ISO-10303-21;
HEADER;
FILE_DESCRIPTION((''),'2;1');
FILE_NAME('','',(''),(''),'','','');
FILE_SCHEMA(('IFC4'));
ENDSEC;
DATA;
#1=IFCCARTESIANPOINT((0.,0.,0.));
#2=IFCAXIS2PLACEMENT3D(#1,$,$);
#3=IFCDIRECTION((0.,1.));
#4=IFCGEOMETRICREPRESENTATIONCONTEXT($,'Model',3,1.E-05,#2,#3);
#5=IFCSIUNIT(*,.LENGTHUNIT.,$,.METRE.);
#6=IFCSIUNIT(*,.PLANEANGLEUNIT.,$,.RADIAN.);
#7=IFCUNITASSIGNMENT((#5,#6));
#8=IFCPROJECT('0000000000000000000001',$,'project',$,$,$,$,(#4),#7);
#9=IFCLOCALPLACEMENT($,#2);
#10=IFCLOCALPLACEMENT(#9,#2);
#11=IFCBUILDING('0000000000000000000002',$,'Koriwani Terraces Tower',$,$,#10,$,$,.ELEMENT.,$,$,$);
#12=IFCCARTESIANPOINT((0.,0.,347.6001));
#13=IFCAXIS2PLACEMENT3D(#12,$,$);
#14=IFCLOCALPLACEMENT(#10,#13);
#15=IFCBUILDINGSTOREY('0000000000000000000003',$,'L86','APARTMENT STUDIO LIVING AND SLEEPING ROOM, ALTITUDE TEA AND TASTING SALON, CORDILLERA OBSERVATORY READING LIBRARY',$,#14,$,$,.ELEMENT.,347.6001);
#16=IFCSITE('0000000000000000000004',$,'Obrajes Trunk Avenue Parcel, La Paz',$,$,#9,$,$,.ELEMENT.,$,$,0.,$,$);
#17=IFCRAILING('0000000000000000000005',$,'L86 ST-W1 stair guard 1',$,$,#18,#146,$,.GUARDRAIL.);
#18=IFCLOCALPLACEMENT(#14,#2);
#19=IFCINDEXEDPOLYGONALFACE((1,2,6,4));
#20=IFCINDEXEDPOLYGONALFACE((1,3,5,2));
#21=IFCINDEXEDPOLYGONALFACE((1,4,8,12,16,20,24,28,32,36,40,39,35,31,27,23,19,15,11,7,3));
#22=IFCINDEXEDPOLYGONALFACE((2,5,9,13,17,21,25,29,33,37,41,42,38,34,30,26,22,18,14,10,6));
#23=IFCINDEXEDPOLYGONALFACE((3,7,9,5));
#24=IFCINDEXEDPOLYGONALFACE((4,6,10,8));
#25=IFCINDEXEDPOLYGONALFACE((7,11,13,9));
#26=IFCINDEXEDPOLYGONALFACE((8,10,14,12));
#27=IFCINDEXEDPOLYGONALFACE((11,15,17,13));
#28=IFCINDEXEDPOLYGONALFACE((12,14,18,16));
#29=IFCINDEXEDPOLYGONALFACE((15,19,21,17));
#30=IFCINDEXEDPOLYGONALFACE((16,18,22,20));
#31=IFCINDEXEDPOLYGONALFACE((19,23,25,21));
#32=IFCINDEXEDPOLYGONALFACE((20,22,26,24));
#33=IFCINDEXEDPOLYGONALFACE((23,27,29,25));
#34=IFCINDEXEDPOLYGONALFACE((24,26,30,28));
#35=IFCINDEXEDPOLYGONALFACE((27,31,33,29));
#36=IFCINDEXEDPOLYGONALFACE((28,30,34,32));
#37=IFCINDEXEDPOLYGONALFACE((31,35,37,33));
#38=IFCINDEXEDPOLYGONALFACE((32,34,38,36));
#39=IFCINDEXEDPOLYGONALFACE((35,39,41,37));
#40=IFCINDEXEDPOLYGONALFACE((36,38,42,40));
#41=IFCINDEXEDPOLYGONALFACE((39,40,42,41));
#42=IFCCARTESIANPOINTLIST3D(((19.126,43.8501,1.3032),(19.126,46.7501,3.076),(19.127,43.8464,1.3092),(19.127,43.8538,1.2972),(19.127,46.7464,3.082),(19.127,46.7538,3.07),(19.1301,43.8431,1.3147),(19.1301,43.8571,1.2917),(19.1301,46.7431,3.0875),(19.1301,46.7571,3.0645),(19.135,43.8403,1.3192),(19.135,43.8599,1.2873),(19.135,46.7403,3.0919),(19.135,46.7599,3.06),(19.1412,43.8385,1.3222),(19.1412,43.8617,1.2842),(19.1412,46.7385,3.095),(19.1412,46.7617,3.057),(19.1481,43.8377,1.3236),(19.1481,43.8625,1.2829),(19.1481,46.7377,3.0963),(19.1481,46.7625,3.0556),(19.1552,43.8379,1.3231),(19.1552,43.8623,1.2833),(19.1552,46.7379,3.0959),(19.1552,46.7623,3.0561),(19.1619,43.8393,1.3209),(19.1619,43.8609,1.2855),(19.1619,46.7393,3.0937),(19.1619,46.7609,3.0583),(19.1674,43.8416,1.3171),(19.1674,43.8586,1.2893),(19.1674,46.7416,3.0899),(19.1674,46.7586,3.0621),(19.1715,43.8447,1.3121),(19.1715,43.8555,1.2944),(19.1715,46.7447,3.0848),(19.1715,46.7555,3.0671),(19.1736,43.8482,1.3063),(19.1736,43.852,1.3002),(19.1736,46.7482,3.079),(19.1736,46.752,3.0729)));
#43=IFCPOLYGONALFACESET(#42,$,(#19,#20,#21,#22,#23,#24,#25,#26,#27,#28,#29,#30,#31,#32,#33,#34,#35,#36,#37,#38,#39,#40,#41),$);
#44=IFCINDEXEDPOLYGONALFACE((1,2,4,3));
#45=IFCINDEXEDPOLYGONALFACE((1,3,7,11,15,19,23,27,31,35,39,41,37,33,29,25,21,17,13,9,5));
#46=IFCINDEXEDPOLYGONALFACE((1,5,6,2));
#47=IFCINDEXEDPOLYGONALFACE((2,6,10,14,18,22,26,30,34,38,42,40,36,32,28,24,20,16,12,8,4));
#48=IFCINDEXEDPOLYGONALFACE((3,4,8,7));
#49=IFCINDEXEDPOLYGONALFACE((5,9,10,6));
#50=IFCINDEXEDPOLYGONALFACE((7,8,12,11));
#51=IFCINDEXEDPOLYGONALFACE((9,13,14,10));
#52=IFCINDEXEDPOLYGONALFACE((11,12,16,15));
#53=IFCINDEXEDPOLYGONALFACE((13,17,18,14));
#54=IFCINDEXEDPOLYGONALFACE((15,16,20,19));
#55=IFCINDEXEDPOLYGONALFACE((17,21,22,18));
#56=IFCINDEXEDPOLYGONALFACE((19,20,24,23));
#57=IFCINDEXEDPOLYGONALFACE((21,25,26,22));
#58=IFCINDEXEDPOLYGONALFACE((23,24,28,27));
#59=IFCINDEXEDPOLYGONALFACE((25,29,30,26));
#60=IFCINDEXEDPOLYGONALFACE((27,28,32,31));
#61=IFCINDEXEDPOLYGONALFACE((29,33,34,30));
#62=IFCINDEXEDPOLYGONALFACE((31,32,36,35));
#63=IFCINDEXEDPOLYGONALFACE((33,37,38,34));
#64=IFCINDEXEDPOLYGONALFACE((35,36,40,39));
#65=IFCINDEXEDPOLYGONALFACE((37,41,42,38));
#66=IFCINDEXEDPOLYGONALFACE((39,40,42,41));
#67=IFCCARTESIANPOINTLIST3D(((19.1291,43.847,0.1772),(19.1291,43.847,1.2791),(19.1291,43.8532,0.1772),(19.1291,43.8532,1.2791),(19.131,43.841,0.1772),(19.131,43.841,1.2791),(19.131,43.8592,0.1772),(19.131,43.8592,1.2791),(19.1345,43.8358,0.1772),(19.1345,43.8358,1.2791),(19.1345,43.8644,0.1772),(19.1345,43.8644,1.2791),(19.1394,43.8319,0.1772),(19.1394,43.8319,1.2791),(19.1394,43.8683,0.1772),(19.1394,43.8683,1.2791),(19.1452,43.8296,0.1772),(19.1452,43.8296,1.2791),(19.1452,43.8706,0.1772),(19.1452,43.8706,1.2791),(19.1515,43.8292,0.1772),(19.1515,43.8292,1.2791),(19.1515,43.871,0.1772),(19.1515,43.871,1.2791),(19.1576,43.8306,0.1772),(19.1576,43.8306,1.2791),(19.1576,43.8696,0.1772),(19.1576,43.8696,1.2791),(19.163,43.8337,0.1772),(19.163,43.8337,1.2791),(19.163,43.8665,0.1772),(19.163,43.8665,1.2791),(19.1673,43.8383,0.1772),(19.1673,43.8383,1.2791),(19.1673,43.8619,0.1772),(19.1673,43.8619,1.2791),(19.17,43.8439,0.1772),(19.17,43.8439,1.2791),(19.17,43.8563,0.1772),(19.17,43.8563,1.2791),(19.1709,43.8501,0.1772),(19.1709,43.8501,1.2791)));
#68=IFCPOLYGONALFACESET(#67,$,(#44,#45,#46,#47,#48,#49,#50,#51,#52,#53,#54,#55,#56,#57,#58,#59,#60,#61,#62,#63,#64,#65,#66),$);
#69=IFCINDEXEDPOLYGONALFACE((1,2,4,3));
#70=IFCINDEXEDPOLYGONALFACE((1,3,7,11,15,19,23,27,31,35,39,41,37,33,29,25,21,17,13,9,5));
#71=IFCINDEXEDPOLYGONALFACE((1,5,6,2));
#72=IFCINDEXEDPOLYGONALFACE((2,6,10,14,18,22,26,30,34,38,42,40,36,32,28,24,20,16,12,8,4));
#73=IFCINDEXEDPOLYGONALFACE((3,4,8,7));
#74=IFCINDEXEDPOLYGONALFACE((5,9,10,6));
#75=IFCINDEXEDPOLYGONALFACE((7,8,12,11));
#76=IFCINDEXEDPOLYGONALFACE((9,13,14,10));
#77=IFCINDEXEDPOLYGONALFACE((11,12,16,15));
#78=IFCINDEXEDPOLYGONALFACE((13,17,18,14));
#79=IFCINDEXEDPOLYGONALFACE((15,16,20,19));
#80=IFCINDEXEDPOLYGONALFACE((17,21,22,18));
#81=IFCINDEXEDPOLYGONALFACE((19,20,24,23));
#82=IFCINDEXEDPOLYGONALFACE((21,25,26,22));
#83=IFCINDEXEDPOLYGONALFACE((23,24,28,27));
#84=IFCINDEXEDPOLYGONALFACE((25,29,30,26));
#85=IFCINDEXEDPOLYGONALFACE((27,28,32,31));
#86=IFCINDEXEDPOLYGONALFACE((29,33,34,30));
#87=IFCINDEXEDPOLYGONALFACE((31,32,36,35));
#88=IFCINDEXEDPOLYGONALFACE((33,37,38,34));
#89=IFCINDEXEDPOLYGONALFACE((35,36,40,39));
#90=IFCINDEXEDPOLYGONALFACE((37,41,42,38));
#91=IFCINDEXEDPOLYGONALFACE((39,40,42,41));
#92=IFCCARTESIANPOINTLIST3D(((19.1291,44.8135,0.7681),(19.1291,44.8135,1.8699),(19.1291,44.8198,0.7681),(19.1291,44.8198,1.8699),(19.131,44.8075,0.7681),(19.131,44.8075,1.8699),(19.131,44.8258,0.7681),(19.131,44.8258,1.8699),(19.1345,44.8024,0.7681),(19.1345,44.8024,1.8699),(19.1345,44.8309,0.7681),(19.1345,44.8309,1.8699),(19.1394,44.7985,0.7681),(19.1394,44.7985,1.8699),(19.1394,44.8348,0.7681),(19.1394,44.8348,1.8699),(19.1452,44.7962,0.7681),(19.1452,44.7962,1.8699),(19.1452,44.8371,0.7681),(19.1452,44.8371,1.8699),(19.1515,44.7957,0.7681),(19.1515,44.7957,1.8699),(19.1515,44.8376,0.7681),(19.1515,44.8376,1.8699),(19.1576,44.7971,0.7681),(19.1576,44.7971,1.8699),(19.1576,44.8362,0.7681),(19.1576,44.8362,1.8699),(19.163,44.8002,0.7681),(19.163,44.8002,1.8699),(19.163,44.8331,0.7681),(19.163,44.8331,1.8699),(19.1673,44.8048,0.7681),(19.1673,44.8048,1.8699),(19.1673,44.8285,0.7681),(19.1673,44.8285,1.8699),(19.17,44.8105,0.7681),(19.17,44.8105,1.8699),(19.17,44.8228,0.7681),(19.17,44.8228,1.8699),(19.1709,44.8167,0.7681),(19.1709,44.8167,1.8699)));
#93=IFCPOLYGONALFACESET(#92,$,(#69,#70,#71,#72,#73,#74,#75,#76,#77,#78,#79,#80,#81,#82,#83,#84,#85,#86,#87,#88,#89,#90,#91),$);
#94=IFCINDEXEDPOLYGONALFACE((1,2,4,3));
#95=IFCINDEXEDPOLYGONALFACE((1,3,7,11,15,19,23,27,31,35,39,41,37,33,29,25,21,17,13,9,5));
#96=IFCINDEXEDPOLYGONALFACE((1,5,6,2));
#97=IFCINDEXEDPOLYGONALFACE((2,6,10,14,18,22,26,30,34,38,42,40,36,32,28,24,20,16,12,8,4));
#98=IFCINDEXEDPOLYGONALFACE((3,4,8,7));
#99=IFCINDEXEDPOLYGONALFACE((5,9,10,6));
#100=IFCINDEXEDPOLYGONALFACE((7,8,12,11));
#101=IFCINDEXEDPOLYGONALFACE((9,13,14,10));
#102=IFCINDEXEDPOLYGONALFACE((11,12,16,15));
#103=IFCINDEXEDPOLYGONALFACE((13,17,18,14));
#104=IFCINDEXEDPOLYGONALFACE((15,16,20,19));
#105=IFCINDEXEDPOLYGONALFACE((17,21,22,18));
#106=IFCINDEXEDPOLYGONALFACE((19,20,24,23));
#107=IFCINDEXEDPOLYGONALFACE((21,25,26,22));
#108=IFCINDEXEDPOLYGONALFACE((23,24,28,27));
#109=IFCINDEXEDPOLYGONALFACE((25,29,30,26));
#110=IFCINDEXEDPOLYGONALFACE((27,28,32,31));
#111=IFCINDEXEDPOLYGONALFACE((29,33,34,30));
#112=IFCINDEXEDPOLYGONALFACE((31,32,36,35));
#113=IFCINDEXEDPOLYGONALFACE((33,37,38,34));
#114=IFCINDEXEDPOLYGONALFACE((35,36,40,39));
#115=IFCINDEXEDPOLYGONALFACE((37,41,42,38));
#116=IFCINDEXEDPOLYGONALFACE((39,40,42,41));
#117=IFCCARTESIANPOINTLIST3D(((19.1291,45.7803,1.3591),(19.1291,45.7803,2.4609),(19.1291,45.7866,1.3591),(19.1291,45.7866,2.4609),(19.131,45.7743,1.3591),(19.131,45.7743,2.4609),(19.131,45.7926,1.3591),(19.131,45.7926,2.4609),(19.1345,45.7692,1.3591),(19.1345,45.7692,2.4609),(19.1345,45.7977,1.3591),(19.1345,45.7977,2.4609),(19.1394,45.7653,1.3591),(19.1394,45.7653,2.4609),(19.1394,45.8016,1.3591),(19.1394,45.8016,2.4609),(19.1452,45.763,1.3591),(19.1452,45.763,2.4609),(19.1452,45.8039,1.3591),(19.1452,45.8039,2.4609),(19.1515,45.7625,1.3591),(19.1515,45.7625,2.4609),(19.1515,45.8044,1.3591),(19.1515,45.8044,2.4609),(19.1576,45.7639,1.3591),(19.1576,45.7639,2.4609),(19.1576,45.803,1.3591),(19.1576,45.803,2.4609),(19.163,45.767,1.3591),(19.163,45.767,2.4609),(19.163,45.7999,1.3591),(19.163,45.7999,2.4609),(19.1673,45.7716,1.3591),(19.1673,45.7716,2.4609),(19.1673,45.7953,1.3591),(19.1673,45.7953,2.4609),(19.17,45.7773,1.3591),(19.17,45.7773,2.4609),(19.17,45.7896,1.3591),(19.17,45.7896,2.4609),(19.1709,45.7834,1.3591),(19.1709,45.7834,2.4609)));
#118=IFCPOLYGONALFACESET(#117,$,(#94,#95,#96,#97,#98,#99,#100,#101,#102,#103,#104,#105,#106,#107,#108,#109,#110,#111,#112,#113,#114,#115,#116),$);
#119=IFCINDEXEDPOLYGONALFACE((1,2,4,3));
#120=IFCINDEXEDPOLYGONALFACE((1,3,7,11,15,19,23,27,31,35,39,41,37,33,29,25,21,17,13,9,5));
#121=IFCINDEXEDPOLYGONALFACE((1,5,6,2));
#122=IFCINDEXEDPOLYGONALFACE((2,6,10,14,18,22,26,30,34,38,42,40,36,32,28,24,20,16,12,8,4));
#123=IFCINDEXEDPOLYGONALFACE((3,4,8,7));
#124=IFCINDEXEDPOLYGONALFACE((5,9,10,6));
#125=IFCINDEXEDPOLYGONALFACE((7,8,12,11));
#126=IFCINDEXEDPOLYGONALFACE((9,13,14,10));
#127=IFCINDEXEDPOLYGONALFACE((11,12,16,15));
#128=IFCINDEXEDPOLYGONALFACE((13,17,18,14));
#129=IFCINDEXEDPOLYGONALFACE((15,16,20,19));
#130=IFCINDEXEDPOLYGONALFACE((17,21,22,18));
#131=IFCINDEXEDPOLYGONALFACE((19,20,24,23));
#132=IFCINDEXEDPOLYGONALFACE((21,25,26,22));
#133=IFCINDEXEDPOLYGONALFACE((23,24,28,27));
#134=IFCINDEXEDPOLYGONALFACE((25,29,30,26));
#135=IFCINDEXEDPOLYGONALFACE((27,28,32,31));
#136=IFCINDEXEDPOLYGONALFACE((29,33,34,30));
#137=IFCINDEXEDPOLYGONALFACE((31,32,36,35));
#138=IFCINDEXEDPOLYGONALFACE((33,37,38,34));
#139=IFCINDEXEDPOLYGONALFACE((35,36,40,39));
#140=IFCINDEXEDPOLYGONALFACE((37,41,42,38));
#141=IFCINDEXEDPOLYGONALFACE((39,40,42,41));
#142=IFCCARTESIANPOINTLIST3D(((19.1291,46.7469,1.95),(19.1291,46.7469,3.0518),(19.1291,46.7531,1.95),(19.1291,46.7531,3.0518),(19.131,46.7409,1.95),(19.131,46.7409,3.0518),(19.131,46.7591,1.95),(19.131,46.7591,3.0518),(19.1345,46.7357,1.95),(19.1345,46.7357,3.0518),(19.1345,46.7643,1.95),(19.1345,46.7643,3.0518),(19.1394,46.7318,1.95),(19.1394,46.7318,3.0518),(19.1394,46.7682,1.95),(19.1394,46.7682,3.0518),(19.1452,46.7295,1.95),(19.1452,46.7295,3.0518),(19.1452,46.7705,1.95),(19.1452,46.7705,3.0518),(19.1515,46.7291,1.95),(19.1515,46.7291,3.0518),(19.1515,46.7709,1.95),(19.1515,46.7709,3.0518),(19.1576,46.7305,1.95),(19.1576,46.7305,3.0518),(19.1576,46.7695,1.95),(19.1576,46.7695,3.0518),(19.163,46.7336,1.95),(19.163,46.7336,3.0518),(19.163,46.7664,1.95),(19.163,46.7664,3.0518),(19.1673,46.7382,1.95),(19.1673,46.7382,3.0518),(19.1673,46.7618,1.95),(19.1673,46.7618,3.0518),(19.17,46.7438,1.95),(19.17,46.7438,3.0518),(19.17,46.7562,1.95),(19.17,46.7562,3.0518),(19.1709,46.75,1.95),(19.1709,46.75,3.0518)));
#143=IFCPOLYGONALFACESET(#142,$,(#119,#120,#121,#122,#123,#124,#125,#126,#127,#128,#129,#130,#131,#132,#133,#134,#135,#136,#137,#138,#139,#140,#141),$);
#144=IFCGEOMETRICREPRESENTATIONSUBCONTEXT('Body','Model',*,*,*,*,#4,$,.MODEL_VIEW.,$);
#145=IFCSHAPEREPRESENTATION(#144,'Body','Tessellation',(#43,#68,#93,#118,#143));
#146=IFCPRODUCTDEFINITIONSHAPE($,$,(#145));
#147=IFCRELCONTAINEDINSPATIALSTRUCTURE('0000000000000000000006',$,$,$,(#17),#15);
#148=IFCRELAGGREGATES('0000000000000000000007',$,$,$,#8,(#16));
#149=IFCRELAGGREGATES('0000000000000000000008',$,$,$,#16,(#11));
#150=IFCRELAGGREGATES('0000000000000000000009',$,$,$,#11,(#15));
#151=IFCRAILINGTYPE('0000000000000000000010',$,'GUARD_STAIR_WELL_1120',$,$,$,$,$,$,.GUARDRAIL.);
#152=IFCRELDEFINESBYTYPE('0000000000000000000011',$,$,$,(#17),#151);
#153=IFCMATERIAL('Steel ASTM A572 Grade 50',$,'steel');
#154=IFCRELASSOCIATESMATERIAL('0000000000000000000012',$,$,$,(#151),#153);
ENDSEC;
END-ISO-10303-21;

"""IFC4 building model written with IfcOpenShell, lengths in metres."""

from ifc_helpers import new_model, si_unit, direction, frame, origin, origin_2d, place, context, subcontext, project, spatial, circle, extrude, material, type_object, element, save


model = new_model("IFC4")

# Units and contexts
model_context = context("Model", 3, precision=1e-05, world=origin(), true_north=direction((0.0, 1.0)))
body_context = subcontext(model_context, "Body", "Model", "MODEL_VIEW")
ifc_project = project(units=[si_unit("LENGTHUNIT", "METRE"), si_unit("PLANEANGLEUNIT", "RADIAN")], contexts=[model_context])

# Site, building, storey
site_placement = place(None, origin())
site = spatial("IfcSite", under=ifc_project, at=site_placement, Name="Obrajes Trunk Avenue Parcel, La Paz", CompositionType="ELEMENT", RefElevation=0.0)
building_placement = place(site_placement, origin())
building = spatial("IfcBuilding", under=site, at=building_placement, Name="Koriwani Terraces Tower", CompositionType="ELEMENT")
storey_placement = place(building_placement, frame((0.0, 0.0, 347.6001)))
storey = spatial("IfcBuildingStorey", under=building, at=storey_placement, Name="L86", Description="APARTMENT STUDIO LIVING AND SLEEPING ROOM, ALTITUDE TEA AND TASTING SALON, CORDILLERA OBSERVATORY READING LIBRARY", CompositionType="ELEMENT", Elevation=347.6001)

# Shared definitions
ifc_material_1 = material(Name="Steel ASTM A572 Grade 50", Category="steel")

# Railing
railing_type_1 = type_object("IfcRailingType", Name="GUARD_STAIR_WELL_1120", PredefinedType="GUARDRAIL", material=ifc_material_1)
railing_1_placement = place(storey_placement, frame((19.1499, 43.8501, 0.1772)))
element("IfcRailing", 1, at=railing_1_placement, inside=storey, type_object=railing_type_1, Name="L86 ST-W1 stair guard 1", PredefinedType="GUARDRAIL", context=body_context, shape_type="SweptSolid", body=[
    extrude(circle(Radius=0.0239, at=origin_2d()), frame((0.0, 0.0, 1.126), z_axis=(0.0, 0.853211, 0.521566), x_axis=(-1.0, 0.0, 0.0)), (0.0, 0.0, 1.0), 3.3989),
    extrude(circle(Radius=0.021, at=origin_2d()), origin(), (0.0, 0.0, 1.0), 1.1018),
    extrude(circle(Radius=0.021, at=origin_2d()), frame((0.0, 0.9666, 0.5908)), (0.0, 0.0, 1.0), 1.1018),
    extrude(circle(Radius=0.021, at=origin_2d()), frame((0.0, 1.9333, 1.1819)), (0.0, 0.0, 1.0), 1.1018),
    extrude(circle(Radius=0.021, at=origin_2d()), frame((0.0, 2.8999, 1.7727)), (0.0, 0.0, 1.0), 1.1018),
])

save(model, "model.ifc")
